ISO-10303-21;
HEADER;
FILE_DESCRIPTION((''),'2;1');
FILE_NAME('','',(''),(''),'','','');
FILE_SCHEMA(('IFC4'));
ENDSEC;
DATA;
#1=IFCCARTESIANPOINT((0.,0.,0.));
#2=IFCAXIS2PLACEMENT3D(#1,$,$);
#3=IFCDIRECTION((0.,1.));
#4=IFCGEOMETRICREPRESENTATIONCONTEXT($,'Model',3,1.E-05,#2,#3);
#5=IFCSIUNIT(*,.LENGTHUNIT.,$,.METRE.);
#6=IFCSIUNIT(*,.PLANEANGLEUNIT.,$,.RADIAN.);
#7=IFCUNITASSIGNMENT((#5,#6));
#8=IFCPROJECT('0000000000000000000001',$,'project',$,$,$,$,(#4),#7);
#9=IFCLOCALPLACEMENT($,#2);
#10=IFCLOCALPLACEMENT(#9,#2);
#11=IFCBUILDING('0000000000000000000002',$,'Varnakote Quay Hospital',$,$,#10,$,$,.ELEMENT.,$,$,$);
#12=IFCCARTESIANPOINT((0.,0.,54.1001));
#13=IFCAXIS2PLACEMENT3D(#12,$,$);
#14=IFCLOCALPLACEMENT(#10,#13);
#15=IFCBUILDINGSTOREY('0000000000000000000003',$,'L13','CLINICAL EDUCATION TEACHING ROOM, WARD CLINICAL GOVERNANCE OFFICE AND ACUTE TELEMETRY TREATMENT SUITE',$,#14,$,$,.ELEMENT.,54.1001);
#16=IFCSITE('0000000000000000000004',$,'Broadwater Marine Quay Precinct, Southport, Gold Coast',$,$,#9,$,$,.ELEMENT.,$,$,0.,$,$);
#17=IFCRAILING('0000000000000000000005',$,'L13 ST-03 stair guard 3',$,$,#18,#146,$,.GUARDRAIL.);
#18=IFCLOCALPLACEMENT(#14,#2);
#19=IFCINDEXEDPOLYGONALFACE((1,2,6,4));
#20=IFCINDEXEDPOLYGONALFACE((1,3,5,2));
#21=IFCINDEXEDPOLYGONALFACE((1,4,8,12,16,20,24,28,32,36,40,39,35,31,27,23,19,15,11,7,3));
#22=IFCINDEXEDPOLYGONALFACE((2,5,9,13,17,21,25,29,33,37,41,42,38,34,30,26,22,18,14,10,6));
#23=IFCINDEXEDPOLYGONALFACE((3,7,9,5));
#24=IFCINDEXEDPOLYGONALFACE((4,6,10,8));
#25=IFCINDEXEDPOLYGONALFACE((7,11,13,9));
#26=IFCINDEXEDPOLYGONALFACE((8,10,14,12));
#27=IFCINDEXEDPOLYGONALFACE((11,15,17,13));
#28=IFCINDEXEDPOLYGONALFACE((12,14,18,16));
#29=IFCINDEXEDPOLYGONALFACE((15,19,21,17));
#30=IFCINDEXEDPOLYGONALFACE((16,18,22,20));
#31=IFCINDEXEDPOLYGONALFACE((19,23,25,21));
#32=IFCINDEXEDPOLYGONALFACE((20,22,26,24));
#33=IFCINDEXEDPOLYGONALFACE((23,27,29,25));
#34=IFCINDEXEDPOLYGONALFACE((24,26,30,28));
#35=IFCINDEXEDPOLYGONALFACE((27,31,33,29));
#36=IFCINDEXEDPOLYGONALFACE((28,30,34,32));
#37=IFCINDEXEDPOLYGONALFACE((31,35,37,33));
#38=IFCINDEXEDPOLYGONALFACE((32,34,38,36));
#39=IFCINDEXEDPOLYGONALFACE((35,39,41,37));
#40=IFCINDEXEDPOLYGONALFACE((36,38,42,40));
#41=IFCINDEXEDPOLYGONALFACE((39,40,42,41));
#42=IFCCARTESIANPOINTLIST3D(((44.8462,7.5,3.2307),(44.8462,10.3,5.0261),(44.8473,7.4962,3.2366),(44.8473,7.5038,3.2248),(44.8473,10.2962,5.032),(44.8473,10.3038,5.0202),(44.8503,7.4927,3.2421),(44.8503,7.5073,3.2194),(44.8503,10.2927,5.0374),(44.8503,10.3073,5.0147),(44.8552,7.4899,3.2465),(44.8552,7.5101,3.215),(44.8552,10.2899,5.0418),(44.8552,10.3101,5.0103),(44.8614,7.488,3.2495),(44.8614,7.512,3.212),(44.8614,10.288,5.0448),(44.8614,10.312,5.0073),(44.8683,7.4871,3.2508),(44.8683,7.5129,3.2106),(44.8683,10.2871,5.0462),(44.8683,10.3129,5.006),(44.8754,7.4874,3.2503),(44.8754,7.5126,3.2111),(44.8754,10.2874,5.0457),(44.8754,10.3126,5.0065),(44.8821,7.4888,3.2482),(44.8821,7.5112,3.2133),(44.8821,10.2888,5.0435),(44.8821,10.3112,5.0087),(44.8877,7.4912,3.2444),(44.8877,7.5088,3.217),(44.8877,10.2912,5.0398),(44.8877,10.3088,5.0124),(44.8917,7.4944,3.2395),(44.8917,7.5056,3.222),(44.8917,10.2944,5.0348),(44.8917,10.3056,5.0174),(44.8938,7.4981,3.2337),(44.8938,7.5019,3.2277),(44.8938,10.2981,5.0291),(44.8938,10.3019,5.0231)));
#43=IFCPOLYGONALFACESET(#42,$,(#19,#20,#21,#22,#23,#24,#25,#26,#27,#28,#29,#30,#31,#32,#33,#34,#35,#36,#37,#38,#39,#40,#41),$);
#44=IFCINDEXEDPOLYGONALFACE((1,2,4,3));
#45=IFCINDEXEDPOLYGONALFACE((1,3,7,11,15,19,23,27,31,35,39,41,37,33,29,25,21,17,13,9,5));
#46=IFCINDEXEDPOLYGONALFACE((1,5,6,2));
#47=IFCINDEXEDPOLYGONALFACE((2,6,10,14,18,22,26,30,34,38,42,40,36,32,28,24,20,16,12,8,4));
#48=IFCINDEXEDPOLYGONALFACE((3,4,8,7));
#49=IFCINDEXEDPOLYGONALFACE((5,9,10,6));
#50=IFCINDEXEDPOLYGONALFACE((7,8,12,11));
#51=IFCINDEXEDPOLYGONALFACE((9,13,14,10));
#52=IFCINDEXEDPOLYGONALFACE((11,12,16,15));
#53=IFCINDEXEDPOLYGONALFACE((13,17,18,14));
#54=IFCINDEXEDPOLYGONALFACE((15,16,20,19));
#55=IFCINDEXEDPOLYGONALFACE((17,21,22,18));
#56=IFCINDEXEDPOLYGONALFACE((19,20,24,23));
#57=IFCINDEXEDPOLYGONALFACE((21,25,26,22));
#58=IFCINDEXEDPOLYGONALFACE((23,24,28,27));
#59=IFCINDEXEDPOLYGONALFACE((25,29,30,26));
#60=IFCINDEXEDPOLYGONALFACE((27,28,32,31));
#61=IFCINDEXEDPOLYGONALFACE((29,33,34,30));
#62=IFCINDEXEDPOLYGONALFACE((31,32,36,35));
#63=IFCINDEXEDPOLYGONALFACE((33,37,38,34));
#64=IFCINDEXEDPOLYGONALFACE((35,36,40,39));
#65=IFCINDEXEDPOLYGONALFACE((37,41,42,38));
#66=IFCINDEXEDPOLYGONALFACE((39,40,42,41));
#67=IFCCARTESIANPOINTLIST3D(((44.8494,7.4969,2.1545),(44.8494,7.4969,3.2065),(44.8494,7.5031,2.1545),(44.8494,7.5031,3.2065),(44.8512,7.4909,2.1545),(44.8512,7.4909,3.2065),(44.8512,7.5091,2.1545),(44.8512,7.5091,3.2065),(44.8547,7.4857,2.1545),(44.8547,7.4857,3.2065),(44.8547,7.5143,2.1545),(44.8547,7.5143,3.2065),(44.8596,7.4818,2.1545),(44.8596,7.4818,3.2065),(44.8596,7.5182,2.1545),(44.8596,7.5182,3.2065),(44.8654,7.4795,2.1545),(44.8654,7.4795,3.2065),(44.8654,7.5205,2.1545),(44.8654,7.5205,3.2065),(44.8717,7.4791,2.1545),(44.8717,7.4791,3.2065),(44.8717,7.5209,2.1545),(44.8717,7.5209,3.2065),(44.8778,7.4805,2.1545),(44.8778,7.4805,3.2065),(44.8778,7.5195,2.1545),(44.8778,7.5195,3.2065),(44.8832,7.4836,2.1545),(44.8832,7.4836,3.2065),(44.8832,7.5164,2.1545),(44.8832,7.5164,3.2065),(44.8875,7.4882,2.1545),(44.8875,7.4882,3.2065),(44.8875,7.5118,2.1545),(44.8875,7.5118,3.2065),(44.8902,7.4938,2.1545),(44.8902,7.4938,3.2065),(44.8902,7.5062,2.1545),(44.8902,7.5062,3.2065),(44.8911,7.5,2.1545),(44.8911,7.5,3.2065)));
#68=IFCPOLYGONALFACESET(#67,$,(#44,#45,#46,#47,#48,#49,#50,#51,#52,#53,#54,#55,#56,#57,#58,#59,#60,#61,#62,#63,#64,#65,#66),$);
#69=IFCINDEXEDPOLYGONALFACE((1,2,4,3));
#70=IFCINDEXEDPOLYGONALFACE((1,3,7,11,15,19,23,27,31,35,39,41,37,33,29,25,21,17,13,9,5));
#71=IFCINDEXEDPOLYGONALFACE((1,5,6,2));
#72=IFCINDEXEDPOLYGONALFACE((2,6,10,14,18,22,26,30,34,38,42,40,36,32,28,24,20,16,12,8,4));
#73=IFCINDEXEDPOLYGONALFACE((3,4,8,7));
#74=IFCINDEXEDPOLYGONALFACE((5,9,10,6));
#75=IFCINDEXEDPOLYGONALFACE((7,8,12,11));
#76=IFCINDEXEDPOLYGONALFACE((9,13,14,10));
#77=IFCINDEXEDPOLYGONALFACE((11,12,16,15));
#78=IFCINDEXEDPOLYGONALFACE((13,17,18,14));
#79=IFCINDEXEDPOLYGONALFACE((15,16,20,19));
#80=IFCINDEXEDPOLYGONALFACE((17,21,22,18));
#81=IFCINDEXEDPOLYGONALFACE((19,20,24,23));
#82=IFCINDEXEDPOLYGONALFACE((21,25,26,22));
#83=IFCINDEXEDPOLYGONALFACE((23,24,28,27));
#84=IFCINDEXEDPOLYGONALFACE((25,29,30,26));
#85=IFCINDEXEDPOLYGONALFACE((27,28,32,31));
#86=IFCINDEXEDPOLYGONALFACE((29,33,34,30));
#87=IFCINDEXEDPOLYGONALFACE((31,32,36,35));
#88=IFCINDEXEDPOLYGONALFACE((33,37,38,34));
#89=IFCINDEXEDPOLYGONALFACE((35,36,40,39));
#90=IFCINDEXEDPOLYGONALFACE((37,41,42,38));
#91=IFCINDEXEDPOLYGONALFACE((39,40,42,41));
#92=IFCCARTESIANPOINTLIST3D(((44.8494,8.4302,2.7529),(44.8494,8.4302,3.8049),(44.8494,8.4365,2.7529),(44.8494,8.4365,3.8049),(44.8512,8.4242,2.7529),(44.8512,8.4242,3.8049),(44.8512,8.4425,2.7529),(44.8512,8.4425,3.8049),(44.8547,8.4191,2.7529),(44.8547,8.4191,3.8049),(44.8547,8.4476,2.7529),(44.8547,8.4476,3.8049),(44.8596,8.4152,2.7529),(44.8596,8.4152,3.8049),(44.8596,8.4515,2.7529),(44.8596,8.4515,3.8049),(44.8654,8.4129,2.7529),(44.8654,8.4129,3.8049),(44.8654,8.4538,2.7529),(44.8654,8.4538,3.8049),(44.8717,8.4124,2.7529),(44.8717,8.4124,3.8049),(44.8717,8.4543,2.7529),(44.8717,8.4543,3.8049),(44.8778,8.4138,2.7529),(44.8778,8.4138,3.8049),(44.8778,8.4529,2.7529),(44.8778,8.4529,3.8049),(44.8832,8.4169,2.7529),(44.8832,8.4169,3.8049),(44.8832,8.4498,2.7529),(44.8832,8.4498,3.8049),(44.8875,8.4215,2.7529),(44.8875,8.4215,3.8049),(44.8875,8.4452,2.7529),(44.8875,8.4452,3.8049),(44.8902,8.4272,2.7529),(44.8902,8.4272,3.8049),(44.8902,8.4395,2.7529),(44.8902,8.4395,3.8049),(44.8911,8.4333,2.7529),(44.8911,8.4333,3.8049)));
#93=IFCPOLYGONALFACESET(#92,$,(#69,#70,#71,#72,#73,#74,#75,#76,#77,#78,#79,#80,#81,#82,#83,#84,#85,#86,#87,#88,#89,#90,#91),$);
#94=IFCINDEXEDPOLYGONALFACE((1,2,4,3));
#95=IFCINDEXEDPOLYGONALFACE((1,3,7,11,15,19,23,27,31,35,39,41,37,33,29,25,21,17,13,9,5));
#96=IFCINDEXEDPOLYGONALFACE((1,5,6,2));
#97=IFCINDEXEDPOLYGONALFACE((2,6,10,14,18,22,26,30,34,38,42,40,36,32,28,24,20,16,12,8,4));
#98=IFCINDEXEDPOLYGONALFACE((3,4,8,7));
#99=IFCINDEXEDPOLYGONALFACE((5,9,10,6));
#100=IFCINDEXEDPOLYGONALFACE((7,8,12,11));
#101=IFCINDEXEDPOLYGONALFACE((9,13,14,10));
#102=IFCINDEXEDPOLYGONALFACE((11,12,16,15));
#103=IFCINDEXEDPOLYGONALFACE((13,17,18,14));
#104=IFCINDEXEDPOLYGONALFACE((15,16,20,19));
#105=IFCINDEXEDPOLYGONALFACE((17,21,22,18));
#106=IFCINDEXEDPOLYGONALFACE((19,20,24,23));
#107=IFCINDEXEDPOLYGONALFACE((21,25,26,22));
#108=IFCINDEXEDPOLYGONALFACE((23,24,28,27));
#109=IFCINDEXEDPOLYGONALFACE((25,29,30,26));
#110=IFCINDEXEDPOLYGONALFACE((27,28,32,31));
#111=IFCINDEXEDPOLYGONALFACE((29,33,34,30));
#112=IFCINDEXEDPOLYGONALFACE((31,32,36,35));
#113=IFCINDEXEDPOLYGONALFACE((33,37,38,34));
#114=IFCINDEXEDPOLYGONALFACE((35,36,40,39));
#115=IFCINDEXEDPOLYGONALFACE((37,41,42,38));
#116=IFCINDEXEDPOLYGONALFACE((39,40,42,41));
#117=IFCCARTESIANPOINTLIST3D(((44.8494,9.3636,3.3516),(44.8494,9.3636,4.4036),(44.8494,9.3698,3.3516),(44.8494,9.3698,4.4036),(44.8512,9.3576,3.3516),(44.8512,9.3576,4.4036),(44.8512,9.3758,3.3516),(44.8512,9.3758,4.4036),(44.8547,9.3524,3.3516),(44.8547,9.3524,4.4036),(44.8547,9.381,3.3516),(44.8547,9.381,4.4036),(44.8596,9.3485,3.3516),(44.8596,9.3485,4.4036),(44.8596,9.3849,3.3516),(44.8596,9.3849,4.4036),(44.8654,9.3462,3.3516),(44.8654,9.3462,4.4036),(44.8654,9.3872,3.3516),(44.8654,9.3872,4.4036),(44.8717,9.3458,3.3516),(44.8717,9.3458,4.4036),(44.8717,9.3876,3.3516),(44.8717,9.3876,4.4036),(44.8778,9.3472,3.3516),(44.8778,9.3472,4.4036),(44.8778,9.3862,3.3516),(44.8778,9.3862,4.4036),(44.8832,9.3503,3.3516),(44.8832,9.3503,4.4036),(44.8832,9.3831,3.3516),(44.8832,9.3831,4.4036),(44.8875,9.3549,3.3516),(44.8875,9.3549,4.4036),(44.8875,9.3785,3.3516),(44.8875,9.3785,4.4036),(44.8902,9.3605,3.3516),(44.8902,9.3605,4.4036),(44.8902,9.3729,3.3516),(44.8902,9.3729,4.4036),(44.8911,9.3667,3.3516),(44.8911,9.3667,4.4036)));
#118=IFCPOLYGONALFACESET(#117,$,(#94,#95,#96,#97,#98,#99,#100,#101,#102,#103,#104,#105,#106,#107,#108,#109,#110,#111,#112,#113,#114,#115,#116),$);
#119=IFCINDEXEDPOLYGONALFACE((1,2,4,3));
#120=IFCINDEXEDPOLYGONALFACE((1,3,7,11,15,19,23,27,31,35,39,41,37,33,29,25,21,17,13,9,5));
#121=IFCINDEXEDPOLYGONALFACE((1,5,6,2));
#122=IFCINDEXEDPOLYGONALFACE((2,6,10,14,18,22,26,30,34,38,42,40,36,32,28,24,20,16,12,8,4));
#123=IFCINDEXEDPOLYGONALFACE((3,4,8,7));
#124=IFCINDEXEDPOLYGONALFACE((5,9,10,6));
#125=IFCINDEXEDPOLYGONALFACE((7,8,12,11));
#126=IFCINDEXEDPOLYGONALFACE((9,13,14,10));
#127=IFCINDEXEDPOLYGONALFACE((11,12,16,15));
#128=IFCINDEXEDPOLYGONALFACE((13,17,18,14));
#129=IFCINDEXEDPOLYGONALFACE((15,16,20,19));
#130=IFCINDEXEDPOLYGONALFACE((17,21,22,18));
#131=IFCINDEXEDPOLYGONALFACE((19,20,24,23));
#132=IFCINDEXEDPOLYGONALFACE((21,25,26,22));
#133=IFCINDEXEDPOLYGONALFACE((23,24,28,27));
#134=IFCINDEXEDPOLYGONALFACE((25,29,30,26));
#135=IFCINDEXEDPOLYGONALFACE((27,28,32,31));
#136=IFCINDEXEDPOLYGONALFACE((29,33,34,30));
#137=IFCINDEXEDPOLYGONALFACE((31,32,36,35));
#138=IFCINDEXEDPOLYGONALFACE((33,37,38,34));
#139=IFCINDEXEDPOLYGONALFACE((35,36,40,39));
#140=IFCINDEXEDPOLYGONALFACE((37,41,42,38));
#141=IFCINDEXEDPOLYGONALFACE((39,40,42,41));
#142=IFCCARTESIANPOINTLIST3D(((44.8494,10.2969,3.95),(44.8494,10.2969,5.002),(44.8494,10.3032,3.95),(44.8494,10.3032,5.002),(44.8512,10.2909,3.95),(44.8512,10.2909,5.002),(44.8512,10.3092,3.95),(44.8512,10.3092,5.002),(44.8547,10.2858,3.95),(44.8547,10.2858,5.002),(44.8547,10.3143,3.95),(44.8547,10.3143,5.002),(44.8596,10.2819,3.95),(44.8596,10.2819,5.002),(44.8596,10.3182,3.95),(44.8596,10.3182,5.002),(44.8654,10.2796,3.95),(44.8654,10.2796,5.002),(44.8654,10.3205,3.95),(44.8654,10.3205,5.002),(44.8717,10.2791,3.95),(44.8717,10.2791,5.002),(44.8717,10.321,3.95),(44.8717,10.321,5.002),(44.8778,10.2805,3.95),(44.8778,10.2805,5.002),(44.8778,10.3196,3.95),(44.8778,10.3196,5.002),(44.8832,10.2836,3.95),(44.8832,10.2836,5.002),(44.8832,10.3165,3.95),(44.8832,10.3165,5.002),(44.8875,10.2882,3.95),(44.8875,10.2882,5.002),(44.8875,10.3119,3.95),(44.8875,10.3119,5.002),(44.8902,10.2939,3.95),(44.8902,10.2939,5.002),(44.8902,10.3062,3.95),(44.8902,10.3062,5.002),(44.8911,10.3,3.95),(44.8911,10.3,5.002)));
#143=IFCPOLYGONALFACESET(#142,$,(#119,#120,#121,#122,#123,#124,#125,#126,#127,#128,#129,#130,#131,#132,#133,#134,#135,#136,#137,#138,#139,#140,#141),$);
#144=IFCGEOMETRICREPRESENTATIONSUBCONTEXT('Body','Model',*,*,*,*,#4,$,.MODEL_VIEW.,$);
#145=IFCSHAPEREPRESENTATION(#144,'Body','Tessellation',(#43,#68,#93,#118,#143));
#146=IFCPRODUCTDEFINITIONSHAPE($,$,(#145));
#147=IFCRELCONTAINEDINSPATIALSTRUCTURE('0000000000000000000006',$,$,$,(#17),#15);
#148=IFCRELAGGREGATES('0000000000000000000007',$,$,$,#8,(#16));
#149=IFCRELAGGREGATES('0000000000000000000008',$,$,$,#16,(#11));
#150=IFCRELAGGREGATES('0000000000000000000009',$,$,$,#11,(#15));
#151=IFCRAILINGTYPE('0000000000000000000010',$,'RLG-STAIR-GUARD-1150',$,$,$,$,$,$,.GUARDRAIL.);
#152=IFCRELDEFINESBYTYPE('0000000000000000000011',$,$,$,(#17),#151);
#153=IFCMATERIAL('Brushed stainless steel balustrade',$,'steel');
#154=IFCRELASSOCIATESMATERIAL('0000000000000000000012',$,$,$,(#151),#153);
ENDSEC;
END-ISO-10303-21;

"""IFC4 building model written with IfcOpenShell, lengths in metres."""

from ifc_helpers import new_model, si_unit, direction, frame, origin, origin_2d, place, context, subcontext, project, spatial, circle, extrude, material, type_object, element, save


model = new_model("IFC4")

# Units and contexts
model_context = context("Model", 3, precision=1e-05, world=origin(), true_north=direction((0.0, 1.0)))
body_context = subcontext(model_context, "Body", "Model", "MODEL_VIEW")
ifc_project = project(units=[si_unit("LENGTHUNIT", "METRE"), si_unit("PLANEANGLEUNIT", "RADIAN")], contexts=[model_context])

# Site, building, storey
site_placement = place(None, origin())
site = spatial("IfcSite", under=ifc_project, at=site_placement, Name="Broadwater Marine Quay Precinct, Southport, Gold Coast", CompositionType="ELEMENT", RefElevation=0.0)
building_placement = place(site_placement, origin())
building = spatial("IfcBuilding", under=site, at=building_placement, Name="Varnakote Quay Hospital", CompositionType="ELEMENT")
storey_placement = place(building_placement, frame((0.0, 0.0, 54.1001)))
storey = spatial("IfcBuildingStorey", under=building, at=storey_placement, Name="L13", Description="CLINICAL EDUCATION TEACHING ROOM, WARD CLINICAL GOVERNANCE OFFICE AND ACUTE TELEMETRY TREATMENT SUITE", CompositionType="ELEMENT", Elevation=54.1001)

# Railing
ifc_material_1 = material(Name="Brushed stainless steel balustrade", Category="steel")
railing_type_1 = type_object("IfcRailingType", Name="RLG-STAIR-GUARD-1150", PredefinedType="GUARDRAIL", material=ifc_material_1)
railing_1_placement = place(storey_placement, frame((44.8701, 7.5, 2.1545)))
element("IfcRailing", 1, at=railing_1_placement, inside=storey, type_object=railing_type_1, Name="L13 ST-03 stair guard 3", PredefinedType="GUARDRAIL", context=body_context, shape_type="SweptSolid", body=[
    extrude(circle(Radius=0.0239, at=origin_2d()), frame((0.0, 0.0, 1.0762), z_axis=(0.0, 0.84181, 0.539774), x_axis=(-1.0, 0.0, 0.0)), (0.0, 0.0, 1.0), 3.3262),
    extrude(circle(Radius=0.021, at=origin_2d()), origin(), (0.0, 0.0, 1.0), 1.052),
    extrude(circle(Radius=0.021, at=origin_2d()), frame((0.0, 0.9333, 0.5984)), (0.0, 0.0, 1.0), 1.052),
    extrude(circle(Radius=0.021, at=origin_2d()), frame((0.0, 1.8667, 1.197)), (0.0, 0.0, 1.0), 1.052),
    extrude(circle(Radius=0.021, at=origin_2d()), frame((0.0, 2.8, 1.7954)), (0.0, 0.0, 1.0), 1.052),
])

save(model, "model.ifc")
